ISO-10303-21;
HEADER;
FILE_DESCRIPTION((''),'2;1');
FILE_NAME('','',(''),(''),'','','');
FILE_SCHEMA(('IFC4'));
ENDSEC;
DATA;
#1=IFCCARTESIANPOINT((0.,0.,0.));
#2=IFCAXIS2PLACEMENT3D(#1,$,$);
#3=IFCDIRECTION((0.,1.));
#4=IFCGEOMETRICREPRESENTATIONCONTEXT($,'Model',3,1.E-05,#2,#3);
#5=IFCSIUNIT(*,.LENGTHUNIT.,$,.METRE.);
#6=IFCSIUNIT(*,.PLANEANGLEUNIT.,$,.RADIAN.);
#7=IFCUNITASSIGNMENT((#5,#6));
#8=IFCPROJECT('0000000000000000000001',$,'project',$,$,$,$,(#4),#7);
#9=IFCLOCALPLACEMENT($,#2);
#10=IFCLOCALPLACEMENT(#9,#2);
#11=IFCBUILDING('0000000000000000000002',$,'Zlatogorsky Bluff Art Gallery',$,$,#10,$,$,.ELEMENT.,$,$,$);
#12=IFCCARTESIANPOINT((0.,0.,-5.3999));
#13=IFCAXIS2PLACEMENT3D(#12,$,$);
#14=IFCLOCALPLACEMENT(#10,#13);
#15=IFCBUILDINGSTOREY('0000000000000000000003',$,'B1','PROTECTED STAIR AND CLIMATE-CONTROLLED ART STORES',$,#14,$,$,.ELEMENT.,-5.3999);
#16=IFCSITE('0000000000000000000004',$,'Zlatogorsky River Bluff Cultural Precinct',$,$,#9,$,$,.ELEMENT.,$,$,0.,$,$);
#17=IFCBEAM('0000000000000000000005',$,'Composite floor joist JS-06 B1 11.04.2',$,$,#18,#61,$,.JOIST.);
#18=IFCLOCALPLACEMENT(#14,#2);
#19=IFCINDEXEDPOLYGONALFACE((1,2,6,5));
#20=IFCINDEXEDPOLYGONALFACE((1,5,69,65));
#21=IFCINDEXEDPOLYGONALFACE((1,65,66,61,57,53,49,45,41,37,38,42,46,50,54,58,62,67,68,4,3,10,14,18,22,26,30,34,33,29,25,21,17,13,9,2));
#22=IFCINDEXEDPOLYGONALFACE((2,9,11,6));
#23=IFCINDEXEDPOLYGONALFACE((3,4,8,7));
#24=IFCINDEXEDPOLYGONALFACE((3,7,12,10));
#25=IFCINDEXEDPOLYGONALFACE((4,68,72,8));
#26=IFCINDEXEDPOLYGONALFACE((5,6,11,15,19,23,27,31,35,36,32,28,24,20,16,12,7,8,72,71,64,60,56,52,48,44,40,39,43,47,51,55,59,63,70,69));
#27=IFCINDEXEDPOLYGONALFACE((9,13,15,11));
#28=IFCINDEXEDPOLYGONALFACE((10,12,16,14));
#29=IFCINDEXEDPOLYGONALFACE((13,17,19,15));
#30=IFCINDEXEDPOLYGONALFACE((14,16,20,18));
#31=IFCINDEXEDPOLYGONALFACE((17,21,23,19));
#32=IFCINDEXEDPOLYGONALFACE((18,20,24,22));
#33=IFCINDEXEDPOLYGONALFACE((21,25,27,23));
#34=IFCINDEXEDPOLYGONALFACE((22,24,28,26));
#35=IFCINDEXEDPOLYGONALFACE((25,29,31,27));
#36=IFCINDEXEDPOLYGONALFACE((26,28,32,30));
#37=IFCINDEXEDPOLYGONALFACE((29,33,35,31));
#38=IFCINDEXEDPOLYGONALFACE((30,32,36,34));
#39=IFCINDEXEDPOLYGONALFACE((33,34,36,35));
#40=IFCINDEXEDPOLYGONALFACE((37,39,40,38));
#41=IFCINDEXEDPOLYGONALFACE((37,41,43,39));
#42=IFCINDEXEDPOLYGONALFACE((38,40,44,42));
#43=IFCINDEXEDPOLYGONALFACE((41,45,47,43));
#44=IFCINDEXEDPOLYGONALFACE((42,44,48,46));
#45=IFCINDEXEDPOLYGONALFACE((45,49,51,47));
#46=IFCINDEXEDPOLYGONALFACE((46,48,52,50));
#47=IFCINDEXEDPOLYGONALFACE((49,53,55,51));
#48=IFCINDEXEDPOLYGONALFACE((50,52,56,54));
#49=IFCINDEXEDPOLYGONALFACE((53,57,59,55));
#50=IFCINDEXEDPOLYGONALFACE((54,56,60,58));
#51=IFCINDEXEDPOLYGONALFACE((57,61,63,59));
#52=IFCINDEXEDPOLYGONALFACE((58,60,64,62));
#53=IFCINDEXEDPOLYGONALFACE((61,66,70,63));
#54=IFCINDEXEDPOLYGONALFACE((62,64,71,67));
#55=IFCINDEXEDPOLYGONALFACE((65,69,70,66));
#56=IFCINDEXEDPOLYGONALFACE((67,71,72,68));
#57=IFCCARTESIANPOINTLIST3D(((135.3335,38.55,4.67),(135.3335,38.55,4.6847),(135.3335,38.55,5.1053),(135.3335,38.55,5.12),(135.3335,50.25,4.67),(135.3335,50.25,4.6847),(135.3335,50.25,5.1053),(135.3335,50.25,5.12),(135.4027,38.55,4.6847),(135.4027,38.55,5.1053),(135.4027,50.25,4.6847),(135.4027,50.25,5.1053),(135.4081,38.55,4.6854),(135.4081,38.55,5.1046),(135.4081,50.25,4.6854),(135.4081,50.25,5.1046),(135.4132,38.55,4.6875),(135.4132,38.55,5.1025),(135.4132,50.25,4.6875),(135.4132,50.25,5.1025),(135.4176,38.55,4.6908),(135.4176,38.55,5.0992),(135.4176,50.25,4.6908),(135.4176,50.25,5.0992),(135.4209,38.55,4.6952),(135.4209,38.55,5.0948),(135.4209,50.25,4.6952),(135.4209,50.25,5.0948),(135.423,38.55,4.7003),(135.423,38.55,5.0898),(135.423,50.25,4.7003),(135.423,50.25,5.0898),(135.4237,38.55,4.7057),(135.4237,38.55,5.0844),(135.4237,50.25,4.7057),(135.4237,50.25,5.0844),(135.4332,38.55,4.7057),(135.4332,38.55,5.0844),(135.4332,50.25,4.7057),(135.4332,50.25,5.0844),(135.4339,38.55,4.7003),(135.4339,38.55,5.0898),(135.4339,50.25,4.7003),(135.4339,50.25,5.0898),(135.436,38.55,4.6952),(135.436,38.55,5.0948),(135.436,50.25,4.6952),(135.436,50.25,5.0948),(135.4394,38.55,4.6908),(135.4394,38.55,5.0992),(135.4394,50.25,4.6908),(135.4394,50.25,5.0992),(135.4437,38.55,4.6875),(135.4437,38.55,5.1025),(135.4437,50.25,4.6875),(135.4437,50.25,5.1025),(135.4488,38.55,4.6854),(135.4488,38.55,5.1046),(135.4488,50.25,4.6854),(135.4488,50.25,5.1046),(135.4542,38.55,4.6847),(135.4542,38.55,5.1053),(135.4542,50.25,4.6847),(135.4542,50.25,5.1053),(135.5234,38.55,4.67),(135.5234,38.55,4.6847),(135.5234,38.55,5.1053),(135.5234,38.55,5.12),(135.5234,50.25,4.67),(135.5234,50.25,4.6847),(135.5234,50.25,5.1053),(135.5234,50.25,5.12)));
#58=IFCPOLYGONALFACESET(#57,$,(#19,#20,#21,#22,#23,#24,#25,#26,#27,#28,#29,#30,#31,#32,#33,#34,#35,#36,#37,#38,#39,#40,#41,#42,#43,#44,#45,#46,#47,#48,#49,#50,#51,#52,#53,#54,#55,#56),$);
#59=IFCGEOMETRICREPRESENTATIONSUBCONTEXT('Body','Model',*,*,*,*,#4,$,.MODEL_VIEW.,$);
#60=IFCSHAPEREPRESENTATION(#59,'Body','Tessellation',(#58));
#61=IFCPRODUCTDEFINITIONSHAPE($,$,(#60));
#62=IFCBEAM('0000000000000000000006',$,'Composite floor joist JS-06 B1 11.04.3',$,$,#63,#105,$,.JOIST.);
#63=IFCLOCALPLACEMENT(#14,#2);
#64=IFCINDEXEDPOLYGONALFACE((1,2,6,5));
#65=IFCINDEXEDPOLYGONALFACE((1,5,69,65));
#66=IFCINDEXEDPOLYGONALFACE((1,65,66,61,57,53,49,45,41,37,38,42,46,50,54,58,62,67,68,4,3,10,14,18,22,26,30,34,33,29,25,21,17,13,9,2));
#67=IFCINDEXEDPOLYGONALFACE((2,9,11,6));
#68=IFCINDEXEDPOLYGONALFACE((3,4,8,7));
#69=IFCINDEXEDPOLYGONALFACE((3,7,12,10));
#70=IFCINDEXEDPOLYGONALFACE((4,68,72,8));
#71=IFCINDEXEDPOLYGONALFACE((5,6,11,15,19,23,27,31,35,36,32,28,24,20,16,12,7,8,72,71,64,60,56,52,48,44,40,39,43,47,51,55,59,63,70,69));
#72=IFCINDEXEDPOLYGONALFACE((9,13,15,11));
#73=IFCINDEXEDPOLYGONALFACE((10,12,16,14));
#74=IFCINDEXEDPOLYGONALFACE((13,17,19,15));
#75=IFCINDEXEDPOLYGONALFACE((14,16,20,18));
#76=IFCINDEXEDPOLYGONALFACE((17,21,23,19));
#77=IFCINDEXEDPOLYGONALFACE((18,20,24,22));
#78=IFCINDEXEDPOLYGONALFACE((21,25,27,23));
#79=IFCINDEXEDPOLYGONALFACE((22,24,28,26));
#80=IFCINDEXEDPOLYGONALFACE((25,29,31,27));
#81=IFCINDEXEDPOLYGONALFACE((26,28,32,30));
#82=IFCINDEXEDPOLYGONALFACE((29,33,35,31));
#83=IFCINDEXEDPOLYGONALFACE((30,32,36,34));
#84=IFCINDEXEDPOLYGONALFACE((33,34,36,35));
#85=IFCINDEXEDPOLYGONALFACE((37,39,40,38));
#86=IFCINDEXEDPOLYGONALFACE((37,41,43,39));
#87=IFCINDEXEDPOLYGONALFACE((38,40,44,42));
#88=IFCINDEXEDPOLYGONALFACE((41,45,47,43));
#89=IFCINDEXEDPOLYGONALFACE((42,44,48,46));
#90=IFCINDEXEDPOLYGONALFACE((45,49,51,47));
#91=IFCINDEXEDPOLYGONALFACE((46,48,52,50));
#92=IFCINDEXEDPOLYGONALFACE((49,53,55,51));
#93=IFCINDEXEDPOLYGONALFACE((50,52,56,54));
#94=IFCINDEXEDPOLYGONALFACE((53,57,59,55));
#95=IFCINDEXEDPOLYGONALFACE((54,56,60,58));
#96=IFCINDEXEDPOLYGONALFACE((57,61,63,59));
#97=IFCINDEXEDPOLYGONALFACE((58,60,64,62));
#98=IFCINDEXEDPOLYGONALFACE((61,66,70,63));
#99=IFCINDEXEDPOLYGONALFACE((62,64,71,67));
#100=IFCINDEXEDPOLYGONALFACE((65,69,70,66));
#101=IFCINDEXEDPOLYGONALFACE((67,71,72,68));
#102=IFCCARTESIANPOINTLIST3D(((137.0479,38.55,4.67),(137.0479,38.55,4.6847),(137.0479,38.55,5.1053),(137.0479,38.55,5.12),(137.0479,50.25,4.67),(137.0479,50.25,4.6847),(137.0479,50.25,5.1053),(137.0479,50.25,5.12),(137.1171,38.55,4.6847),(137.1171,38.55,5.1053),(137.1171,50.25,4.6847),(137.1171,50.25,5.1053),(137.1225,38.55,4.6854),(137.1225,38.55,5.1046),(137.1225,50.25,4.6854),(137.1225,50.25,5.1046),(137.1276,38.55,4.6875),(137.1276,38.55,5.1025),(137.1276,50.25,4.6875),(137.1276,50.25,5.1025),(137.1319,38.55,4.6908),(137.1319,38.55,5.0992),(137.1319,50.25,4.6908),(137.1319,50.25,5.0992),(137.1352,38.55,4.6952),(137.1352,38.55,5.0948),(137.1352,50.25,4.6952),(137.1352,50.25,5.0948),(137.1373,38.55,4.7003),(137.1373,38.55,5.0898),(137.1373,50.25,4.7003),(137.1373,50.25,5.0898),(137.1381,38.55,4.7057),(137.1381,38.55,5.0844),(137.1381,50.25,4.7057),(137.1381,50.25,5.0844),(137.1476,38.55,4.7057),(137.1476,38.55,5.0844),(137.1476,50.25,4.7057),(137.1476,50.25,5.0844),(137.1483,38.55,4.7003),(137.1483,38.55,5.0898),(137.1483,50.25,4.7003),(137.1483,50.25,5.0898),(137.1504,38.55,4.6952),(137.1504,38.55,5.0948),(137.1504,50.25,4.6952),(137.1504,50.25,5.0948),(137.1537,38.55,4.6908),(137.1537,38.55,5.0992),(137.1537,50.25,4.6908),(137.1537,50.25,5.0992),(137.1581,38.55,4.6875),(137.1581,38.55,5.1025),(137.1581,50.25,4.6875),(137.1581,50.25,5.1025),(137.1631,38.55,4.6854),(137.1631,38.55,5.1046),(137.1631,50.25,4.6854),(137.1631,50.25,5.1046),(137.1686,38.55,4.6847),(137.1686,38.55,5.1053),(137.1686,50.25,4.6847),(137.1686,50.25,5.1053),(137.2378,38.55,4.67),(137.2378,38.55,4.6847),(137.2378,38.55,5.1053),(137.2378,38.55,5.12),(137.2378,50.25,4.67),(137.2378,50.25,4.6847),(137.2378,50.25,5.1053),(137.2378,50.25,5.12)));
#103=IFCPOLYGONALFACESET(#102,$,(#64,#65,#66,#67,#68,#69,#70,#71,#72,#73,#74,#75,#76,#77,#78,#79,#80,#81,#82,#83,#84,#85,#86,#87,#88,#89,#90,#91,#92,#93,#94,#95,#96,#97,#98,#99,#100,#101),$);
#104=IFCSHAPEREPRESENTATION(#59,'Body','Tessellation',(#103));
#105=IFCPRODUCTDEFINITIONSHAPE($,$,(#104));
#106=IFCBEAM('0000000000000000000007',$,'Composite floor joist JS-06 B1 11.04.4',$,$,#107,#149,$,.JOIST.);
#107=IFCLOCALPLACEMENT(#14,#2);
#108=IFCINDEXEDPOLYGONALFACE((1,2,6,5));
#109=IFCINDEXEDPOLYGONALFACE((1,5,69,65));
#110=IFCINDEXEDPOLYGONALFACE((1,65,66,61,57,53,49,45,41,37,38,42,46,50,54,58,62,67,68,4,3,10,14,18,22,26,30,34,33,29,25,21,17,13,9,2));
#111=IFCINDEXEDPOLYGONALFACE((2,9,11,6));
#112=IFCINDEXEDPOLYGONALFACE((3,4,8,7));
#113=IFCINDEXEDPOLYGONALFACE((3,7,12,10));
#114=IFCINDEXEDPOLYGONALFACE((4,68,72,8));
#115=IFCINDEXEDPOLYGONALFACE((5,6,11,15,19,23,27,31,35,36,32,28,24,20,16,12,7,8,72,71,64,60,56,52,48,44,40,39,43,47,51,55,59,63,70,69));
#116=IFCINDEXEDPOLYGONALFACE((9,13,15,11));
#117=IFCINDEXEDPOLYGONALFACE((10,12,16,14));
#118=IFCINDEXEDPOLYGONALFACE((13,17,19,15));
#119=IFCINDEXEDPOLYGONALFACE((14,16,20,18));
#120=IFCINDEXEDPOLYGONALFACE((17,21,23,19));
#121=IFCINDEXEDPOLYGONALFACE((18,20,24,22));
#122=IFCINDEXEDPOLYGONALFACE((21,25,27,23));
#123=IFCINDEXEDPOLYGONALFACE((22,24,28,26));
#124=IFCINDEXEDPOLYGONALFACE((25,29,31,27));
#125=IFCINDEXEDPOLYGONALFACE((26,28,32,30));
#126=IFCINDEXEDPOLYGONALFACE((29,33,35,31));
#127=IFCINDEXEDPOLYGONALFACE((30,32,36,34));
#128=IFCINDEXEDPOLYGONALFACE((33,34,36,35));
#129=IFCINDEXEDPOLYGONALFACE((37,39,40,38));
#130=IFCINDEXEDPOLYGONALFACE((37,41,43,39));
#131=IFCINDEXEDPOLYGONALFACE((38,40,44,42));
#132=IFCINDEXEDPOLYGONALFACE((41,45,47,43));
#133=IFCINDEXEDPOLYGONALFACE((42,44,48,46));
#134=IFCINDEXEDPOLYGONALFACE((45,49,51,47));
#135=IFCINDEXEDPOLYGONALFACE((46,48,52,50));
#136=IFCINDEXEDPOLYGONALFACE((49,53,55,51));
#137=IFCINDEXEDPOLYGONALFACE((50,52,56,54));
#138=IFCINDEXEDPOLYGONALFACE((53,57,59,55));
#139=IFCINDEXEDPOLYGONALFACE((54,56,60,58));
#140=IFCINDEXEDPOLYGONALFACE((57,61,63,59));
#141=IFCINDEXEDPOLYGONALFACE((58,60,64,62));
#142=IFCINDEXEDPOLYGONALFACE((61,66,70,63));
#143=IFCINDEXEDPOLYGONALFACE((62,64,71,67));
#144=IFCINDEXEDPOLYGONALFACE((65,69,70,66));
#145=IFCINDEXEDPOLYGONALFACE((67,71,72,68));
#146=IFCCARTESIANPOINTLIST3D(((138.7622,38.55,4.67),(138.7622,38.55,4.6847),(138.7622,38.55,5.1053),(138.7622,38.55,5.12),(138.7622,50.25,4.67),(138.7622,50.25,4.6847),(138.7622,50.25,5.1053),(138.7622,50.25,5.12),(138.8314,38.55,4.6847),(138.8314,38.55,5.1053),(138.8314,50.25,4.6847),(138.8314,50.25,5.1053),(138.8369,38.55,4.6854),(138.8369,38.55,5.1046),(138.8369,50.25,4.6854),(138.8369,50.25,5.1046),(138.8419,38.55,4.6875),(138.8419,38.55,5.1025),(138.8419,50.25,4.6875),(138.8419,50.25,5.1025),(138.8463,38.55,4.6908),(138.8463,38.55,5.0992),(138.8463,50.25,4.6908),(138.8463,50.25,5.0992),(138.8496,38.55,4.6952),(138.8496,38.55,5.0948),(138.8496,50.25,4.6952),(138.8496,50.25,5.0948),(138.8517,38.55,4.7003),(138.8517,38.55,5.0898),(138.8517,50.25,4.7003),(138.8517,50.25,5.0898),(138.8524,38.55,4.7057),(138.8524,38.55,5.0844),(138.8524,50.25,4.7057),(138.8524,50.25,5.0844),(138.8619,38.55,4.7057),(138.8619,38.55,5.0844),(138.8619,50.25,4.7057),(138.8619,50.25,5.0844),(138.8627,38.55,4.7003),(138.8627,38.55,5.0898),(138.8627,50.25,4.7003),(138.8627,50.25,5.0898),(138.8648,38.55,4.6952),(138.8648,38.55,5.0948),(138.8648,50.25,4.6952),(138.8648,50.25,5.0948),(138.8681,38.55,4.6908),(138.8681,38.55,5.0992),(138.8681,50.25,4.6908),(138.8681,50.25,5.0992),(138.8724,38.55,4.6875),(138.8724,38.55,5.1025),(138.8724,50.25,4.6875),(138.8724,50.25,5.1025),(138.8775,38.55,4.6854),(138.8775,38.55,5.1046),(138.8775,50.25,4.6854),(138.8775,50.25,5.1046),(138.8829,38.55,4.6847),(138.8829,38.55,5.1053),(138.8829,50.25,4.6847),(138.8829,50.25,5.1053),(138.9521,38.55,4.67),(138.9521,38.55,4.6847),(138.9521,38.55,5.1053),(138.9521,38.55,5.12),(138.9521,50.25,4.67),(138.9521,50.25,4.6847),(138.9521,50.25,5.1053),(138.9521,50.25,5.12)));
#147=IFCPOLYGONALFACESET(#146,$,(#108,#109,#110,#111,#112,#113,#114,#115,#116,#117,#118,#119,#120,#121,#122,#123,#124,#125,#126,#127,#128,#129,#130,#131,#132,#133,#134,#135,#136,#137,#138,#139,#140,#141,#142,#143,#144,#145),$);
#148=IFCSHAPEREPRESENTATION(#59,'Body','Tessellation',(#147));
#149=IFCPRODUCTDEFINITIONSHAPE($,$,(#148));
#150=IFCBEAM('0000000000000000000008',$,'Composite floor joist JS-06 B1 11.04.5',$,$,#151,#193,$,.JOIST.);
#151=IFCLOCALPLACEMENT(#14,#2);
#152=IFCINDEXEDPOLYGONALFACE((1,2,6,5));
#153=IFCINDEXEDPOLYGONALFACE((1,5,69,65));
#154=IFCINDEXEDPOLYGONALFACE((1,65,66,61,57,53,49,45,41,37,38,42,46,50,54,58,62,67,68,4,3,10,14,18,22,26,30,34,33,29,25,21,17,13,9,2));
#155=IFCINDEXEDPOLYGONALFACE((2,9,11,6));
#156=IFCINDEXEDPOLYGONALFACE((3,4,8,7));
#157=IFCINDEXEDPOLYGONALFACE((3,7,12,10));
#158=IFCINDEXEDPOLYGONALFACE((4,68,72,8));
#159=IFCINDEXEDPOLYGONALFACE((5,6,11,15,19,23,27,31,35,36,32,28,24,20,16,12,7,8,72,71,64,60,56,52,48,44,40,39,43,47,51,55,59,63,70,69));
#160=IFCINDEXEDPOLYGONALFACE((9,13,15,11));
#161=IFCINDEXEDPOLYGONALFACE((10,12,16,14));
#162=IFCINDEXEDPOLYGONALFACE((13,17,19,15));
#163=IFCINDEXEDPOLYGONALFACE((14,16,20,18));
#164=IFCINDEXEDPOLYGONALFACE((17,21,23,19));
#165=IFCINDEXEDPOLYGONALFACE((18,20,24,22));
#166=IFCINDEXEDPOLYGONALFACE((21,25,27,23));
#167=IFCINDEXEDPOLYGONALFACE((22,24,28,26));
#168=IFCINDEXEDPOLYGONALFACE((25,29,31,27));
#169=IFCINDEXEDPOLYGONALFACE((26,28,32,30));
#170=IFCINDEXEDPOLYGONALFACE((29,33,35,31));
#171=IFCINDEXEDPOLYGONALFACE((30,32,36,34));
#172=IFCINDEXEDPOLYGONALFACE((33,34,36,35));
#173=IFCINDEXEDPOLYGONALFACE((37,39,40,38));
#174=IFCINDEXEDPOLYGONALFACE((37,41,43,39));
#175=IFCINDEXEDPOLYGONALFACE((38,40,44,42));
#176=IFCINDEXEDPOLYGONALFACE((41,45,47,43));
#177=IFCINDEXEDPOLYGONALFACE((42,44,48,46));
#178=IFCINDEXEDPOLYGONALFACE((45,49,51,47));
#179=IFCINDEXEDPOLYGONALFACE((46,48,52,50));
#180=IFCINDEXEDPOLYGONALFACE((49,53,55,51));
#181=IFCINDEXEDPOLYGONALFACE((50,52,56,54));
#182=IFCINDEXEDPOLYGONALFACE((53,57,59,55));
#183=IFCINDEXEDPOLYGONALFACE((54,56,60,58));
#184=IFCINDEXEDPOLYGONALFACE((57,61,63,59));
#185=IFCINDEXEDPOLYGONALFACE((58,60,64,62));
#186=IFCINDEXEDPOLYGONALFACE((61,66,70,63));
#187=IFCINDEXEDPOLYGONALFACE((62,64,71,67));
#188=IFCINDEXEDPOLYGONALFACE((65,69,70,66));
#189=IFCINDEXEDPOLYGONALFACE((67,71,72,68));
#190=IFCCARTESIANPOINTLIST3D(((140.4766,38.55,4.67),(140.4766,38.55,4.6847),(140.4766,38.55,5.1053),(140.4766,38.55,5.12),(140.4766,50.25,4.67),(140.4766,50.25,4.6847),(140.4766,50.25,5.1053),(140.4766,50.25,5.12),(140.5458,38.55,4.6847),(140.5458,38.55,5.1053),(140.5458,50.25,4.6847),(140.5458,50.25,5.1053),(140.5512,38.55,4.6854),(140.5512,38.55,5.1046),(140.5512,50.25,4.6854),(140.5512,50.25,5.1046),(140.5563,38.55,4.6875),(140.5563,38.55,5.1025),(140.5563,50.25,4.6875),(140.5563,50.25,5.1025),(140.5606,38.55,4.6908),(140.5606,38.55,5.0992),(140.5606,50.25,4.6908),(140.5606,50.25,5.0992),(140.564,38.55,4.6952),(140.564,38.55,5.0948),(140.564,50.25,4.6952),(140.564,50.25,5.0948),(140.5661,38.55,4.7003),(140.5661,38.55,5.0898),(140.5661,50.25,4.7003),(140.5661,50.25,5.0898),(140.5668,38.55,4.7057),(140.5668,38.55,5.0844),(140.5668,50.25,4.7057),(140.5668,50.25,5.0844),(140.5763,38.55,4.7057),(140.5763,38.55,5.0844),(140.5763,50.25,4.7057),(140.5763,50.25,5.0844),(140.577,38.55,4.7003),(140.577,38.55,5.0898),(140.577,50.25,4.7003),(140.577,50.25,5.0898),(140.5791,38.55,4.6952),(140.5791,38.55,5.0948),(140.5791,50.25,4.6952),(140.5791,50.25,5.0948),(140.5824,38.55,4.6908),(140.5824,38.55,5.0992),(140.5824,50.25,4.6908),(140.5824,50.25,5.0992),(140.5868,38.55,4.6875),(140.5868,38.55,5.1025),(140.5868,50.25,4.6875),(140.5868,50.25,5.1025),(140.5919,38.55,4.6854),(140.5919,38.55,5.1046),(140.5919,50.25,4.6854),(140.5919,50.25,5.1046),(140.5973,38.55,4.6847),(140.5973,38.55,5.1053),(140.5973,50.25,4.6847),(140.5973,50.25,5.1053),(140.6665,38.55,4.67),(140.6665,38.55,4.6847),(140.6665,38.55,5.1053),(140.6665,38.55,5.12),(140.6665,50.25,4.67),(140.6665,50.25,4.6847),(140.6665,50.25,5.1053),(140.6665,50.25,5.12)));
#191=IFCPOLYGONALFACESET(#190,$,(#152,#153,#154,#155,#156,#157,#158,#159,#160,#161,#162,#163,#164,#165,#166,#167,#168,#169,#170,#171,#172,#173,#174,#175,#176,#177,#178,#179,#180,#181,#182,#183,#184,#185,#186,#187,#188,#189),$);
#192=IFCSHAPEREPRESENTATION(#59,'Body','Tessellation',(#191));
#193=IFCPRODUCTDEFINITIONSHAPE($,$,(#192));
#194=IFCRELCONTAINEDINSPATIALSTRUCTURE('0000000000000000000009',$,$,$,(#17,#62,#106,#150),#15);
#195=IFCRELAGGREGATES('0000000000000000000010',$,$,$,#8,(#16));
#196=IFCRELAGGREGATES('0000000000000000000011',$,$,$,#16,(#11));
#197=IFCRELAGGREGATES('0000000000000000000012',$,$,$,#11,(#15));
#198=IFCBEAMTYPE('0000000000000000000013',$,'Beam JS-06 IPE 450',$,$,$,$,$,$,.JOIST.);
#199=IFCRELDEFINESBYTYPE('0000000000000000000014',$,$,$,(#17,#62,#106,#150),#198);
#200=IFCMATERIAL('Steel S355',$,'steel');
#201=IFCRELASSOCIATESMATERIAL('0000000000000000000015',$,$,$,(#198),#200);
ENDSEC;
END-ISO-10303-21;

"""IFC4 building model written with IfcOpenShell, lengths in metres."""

from ifc_helpers import new_model, si_unit, direction, frame, origin, origin_2d, place, context, subcontext, project, spatial, i_section, extrude, material, material_profile, profile_set, type_object, element, save


model = new_model("IFC4")

# Units and contexts
model_context = context("Model", 3, precision=1e-05, world=origin(), true_north=direction((0.0, 1.0)))
body_context = subcontext(model_context, "Body", "Model", "MODEL_VIEW")
ifc_project = project(units=[si_unit("LENGTHUNIT", "METRE"), si_unit("PLANEANGLEUNIT", "RADIAN")], contexts=[model_context])

# Site, building, storey
site_placement = place(None, origin())
site = spatial("IfcSite", under=ifc_project, at=site_placement, Name="Zlatogorsky River Bluff Cultural Precinct", CompositionType="ELEMENT", RefElevation=0.0)
building_placement = place(site_placement, origin())
building = spatial("IfcBuilding", under=site, at=building_placement, Name="Zlatogorsky Bluff Art Gallery", CompositionType="ELEMENT")
storey_placement = place(building_placement, frame((0.0, 0.0, -5.3999)))
storey = spatial("IfcBuildingStorey", under=building, at=storey_placement, Name="B1", Description="PROTECTED STAIR AND CLIMATE-CONTROLLED ART STORES", CompositionType="ELEMENT", Elevation=-5.3999)

# Beams
ifc_material_1 = material(Name="Steel S355", Category="steel")
ifc_material_profile_1 = material_profile(ifc_material_1, i_section(OverallWidth=0.1899, OverallDepth=0.45, WebThickness=0.0095, FlangeThickness=0.0146, FilletRadius=0.021, at=origin_2d()), Name="IPE 450")
ifc_profile_set_1 = profile_set([ifc_material_profile_1], Name="Steel S355")
beam_type_1 = type_object("IfcBeamType", Name="Beam JS-06 IPE 450", PredefinedType="JOIST", material=ifc_profile_set_1)
for number, where, z_axis, x_axis, name in (
    (1, (135.4285, 38.55, 4.895), (0.0, 1.0, 0.0), (-1.0, 0.0, 0.0), "Composite floor joist JS-06 B1 11.04.2"),
    (2, (137.1428, 38.55, 4.895), (0.0, 1.0, 0.0), (-1.0, 0.0, 0.0), "Composite floor joist JS-06 B1 11.04.3"),
    (3, (138.8572, 38.55, 4.895), (0.0, 1.0, 0.0), (-1.0, 0.0, 0.0), "Composite floor joist JS-06 B1 11.04.4"),
    (4, (140.5715, 38.55, 4.895), (0.0, 1.0, 0.0), (-1.0, 0.0, 0.0), "Composite floor joist JS-06 B1 11.04.5"),
):
    element("IfcBeam", number, at=place(storey_placement, frame(where, z_axis=z_axis, x_axis=x_axis)), inside=storey, type_object=beam_type_1, Name=name, PredefinedType="JOIST", context=body_context, shape_type="SweptSolid", body=[
        extrude(i_section(OverallWidth=0.1899, OverallDepth=0.45, WebThickness=0.0095, FlangeThickness=0.0146, FilletRadius=0.021, at=origin_2d()), origin(), (0.0, 0.0, 1.0), 11.7),
    ])

save(model, "model.ifc")
